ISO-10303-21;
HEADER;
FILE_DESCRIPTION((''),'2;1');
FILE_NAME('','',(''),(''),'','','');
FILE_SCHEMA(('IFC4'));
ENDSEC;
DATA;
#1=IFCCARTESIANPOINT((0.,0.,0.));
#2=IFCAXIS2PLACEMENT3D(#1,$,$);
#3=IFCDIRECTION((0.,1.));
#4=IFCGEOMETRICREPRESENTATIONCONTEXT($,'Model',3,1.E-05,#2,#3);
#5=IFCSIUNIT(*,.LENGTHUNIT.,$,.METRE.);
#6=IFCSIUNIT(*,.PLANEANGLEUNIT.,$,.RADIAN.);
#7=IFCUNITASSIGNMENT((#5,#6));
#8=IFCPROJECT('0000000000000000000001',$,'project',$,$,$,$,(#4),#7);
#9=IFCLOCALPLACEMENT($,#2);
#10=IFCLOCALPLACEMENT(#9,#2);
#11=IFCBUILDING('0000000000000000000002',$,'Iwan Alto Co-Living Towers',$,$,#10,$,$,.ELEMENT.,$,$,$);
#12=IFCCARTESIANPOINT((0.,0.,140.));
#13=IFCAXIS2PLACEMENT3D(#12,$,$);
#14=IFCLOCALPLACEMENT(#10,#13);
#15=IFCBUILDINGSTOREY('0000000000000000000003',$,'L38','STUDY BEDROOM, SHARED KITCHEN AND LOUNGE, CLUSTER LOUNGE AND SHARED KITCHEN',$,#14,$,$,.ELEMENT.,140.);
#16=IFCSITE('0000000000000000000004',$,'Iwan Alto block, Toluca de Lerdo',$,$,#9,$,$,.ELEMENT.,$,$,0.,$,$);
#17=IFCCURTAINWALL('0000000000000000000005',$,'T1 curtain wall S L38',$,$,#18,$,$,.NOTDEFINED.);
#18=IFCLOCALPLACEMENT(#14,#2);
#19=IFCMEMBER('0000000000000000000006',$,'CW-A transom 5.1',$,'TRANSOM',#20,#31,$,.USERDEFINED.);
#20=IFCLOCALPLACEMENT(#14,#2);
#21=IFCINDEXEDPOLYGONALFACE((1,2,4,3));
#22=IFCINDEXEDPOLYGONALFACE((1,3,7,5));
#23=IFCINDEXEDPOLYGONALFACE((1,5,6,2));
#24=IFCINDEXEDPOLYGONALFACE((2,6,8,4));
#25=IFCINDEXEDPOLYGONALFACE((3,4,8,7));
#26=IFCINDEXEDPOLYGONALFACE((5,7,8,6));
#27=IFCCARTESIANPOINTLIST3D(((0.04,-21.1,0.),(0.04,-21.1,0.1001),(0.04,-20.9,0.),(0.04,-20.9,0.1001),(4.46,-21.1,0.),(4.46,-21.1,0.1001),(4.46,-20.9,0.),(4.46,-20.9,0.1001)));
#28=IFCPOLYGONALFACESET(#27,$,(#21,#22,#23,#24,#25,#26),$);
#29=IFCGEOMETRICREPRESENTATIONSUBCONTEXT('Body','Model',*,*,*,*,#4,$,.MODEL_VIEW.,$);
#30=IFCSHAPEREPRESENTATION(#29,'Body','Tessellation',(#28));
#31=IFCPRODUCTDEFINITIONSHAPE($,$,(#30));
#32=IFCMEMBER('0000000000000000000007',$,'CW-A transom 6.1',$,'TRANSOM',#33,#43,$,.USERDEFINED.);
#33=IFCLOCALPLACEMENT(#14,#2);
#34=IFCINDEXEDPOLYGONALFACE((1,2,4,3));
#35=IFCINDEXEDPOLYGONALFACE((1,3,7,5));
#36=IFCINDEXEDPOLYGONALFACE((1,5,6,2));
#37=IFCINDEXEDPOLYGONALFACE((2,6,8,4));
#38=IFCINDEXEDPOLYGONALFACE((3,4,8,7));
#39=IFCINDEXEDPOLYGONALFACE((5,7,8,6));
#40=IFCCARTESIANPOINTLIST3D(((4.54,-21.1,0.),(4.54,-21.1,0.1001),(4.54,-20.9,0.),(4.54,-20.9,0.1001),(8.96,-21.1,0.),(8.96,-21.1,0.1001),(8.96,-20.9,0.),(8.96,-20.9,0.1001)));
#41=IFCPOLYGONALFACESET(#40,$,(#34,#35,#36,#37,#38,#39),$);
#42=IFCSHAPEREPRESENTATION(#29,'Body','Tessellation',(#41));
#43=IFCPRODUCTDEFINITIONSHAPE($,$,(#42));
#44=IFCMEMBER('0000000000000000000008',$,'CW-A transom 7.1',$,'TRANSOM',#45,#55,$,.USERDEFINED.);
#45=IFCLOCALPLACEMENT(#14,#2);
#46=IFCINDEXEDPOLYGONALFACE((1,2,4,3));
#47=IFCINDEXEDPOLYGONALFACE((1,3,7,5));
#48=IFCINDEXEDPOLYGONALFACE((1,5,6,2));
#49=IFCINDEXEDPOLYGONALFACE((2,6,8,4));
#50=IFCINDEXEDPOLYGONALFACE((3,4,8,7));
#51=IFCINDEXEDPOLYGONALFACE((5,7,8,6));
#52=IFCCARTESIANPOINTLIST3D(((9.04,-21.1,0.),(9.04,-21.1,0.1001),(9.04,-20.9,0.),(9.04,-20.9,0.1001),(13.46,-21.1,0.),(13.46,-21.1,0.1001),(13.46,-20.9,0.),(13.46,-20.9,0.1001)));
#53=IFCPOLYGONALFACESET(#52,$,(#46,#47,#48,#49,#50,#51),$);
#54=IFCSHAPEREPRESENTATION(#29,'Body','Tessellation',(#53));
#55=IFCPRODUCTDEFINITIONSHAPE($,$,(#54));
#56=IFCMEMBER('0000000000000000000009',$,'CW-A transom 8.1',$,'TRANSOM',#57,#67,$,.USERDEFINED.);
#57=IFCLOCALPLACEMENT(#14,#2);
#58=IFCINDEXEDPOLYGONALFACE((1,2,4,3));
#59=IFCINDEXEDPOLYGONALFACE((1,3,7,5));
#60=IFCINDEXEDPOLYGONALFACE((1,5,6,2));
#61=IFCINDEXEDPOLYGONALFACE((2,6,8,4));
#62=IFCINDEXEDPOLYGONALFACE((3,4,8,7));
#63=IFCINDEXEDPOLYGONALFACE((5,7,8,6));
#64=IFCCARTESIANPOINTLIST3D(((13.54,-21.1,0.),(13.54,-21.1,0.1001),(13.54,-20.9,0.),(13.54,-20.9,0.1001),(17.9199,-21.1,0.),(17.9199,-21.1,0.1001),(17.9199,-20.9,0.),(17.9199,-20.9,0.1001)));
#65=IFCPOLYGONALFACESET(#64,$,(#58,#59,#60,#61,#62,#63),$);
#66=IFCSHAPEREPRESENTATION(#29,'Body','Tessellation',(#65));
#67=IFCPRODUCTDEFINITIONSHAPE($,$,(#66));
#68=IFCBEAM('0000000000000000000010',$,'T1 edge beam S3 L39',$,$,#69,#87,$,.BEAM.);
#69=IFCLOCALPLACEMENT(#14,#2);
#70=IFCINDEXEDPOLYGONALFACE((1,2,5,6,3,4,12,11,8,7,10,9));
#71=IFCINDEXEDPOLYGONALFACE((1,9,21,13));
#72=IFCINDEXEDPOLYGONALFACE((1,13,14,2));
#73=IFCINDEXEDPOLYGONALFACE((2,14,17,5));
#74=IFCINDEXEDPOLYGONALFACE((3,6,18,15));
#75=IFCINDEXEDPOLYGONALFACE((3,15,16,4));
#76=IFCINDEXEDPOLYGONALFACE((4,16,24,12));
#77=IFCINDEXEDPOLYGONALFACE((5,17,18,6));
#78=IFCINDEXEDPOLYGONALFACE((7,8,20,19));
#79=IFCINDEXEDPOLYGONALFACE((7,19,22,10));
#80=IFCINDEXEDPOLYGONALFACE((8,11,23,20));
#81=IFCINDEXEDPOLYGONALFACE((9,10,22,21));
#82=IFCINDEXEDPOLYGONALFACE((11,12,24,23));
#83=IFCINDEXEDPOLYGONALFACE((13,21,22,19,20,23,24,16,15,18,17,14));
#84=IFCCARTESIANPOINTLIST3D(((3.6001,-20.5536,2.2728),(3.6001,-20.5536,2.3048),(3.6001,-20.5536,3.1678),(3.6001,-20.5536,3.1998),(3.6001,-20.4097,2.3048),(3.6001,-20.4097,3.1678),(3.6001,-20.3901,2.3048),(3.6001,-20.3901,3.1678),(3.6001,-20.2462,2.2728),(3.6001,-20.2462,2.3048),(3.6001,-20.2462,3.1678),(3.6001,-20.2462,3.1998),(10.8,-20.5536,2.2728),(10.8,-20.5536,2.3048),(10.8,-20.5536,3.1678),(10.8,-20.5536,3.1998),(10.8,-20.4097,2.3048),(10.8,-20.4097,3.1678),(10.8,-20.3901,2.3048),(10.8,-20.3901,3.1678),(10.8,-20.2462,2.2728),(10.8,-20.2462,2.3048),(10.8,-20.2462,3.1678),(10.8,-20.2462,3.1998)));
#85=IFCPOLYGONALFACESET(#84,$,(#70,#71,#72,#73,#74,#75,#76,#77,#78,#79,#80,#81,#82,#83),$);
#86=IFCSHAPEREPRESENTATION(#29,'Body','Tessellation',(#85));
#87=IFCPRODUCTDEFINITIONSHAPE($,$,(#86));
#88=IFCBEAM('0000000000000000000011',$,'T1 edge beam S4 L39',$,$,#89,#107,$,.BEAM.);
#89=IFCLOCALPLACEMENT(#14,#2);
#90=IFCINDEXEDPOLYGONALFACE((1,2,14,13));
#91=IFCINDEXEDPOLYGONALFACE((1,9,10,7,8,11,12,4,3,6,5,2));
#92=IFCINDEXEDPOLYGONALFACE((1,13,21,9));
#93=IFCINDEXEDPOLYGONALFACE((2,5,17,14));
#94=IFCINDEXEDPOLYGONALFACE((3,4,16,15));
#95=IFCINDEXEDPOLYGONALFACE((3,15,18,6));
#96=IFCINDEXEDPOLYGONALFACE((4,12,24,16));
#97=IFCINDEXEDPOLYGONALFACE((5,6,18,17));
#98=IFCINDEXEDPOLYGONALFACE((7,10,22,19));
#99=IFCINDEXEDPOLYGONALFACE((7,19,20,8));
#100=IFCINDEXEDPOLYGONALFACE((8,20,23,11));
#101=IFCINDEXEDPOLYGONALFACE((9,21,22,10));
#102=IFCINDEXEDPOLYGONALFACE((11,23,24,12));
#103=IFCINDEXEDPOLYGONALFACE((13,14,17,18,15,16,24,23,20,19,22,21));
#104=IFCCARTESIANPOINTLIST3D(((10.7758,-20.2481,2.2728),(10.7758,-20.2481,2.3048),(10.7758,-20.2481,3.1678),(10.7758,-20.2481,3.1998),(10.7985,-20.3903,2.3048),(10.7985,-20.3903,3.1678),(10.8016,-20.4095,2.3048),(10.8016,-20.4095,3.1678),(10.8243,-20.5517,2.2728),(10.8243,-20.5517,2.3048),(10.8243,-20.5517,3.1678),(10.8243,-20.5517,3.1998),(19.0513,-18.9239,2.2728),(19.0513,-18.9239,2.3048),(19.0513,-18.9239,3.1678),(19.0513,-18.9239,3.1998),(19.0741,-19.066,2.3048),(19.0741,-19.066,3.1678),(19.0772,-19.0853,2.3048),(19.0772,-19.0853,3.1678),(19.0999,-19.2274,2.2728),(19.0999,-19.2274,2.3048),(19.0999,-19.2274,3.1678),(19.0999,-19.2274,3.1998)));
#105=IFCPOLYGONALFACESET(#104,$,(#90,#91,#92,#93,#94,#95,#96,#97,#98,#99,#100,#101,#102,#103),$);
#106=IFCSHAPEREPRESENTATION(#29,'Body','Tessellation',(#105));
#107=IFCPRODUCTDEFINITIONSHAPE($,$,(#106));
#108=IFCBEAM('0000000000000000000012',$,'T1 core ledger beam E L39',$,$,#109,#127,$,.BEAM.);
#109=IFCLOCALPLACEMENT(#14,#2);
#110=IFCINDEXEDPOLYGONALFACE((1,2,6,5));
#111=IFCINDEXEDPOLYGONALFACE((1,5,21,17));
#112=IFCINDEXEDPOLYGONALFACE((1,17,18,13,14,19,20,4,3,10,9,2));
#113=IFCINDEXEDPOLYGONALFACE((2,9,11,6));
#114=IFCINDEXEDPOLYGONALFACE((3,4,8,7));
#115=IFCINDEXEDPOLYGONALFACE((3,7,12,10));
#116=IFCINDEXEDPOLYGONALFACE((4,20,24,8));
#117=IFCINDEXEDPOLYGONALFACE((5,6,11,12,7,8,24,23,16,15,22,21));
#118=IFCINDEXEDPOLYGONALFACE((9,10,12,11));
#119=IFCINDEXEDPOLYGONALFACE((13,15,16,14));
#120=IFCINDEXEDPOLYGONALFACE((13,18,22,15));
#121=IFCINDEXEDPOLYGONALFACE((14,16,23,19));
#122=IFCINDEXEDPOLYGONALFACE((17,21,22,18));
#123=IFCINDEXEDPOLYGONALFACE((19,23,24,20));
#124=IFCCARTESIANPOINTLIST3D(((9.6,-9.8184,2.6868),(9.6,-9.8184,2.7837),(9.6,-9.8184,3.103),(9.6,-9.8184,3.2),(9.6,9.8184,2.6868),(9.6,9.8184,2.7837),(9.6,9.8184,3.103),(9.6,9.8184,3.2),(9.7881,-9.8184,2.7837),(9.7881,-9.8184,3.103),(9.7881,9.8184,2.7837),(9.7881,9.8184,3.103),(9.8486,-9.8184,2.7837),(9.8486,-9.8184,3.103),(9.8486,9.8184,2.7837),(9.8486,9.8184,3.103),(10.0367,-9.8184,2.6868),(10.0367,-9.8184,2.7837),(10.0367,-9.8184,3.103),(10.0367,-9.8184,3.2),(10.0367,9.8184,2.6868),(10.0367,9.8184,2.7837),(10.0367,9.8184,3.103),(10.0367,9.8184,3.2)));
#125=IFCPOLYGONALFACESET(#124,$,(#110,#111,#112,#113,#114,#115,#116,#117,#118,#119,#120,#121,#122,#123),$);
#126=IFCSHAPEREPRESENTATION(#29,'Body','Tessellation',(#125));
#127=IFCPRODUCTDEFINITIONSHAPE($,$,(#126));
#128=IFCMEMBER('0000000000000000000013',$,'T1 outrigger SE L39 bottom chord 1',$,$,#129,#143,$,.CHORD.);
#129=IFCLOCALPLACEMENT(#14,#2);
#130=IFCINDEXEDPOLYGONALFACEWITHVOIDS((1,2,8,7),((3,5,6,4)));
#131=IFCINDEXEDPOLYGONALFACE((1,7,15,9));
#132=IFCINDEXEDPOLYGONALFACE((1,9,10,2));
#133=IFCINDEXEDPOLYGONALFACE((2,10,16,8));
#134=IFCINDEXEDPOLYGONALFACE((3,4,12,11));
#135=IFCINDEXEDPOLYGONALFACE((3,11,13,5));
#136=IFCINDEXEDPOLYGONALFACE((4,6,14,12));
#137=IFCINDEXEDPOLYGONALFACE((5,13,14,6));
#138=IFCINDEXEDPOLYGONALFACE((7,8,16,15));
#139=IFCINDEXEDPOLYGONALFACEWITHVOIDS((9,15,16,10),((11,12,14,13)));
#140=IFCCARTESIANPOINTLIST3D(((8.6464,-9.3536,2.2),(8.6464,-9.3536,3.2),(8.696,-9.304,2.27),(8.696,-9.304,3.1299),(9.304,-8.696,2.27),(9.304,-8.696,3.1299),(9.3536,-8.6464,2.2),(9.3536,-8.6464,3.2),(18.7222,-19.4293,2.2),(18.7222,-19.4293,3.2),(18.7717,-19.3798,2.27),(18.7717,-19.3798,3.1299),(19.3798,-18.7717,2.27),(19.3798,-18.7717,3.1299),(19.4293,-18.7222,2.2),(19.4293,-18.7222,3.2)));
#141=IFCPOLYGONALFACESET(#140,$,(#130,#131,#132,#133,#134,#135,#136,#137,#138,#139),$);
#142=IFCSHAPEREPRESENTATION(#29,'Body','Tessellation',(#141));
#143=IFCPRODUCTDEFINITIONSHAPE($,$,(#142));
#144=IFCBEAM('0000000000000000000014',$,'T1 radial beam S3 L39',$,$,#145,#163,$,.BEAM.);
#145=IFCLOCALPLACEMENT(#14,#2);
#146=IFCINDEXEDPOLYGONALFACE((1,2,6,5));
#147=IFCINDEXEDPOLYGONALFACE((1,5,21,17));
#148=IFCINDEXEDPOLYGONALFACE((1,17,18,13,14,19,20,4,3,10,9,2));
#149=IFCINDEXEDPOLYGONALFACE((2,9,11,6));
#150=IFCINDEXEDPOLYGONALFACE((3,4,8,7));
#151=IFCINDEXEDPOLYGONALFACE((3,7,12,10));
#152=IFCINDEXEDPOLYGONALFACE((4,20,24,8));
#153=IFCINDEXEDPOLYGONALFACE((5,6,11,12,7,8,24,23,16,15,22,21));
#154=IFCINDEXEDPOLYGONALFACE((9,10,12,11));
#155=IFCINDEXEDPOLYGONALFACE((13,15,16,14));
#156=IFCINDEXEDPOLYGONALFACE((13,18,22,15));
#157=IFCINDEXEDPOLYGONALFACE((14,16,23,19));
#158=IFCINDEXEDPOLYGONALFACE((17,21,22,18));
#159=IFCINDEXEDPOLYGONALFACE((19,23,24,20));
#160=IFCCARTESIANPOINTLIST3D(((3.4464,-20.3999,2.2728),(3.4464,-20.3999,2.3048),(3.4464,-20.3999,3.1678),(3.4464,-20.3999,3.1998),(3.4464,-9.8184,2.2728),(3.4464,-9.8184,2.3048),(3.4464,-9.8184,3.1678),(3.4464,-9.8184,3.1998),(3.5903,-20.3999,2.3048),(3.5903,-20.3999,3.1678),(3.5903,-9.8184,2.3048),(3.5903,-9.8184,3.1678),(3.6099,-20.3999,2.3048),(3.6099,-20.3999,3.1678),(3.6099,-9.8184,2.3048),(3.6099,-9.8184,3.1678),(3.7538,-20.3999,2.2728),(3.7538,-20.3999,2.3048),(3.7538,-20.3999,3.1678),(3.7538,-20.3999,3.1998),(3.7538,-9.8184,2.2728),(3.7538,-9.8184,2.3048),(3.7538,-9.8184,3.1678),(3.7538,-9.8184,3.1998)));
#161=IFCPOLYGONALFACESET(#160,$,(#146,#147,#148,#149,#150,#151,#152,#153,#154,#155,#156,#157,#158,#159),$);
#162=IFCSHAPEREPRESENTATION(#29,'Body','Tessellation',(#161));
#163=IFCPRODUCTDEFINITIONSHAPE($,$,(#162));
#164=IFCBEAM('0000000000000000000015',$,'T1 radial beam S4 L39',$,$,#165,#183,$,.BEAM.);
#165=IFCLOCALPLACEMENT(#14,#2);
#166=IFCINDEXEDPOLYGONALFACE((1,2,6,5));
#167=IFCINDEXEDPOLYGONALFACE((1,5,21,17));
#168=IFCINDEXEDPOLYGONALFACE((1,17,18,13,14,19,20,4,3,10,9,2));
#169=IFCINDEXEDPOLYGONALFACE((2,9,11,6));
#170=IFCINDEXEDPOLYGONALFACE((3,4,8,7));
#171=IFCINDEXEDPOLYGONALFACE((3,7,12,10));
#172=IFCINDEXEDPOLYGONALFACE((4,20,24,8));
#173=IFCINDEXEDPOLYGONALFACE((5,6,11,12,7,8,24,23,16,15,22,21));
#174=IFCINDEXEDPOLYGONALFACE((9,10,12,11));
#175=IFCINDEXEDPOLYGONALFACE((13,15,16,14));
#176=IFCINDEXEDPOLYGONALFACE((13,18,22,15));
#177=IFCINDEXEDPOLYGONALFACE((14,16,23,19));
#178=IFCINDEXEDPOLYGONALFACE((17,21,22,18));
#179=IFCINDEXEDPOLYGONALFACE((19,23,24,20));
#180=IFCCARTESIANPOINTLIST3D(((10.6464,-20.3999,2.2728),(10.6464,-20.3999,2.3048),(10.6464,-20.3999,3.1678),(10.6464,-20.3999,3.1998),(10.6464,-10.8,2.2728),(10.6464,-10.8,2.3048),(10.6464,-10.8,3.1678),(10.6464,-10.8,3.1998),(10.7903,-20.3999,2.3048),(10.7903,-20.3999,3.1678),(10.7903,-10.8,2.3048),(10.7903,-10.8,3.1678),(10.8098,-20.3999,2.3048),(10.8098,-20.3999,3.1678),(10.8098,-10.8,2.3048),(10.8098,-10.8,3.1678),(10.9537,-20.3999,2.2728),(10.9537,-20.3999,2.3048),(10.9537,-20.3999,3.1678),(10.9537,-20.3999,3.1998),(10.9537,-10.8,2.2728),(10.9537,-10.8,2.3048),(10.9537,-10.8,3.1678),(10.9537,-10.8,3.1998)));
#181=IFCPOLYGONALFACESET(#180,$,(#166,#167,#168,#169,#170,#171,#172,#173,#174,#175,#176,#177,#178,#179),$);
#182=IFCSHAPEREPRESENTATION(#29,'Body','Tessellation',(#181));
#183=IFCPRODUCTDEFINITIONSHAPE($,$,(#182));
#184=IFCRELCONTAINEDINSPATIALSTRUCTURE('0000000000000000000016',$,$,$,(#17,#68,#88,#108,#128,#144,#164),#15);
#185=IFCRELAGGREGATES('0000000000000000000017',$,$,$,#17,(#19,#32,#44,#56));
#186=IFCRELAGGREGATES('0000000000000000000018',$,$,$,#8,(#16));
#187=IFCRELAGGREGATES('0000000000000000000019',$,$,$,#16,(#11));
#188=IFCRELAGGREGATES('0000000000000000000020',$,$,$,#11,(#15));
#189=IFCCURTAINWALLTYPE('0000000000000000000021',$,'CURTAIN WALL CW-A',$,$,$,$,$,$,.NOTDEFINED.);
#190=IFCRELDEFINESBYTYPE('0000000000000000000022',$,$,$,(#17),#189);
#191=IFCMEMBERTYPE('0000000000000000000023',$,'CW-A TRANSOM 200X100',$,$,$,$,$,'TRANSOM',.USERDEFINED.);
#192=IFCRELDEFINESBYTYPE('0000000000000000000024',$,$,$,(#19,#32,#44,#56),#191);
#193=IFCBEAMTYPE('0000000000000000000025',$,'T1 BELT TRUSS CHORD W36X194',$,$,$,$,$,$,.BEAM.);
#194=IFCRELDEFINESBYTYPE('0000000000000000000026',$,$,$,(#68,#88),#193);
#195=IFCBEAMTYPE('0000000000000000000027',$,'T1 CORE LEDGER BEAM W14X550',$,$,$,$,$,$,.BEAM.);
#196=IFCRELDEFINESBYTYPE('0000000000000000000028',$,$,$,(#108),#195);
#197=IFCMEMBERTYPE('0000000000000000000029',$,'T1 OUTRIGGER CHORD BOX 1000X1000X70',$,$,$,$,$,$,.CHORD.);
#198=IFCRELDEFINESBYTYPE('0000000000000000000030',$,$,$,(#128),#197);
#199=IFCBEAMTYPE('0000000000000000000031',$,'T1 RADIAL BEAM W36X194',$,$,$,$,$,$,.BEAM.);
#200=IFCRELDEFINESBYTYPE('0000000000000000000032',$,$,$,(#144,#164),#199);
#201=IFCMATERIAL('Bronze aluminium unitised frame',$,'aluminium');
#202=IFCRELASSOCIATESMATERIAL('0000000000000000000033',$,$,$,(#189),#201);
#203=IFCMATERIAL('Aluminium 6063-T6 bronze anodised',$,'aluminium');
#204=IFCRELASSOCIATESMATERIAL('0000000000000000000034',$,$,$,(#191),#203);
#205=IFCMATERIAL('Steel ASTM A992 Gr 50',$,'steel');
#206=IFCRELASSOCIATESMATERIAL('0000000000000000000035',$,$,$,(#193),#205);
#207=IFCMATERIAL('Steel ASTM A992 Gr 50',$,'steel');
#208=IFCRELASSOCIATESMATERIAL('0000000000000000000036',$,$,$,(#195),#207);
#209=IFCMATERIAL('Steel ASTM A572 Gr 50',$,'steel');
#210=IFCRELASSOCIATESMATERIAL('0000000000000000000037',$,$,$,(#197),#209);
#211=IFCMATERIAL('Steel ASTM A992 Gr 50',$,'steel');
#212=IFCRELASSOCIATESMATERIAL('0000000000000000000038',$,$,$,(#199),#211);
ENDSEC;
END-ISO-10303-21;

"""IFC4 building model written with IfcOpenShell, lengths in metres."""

from ifc_helpers import new_model, si_unit, direction, frame, origin, origin_2d, place, context, subcontext, project, spatial, rectangle, hollow_rectangle, i_section, extrude, material, material_profile, profile_set, type_object, element, aggregate, save


model = new_model("IFC4")

# Units and contexts
model_context = context("Model", 3, precision=1e-05, world=origin(), true_north=direction((0.0, 1.0)))
body_context = subcontext(model_context, "Body", "Model", "MODEL_VIEW")
ifc_project = project(units=[si_unit("LENGTHUNIT", "METRE"), si_unit("PLANEANGLEUNIT", "RADIAN")], contexts=[model_context])

# Site, building, storey
site_placement = place(None, origin())
site = spatial("IfcSite", under=ifc_project, at=site_placement, Name="Iwan Alto block, Toluca de Lerdo", CompositionType="ELEMENT", RefElevation=0.0)
building_placement = place(site_placement, origin())
building = spatial("IfcBuilding", under=site, at=building_placement, Name="Iwan Alto Co-Living Towers", CompositionType="ELEMENT")
storey_placement = place(building_placement, frame((0.0, 0.0, 140.0)))
storey = spatial("IfcBuildingStorey", under=building, at=storey_placement, Name="L38", Description="STUDY BEDROOM, SHARED KITCHEN AND LOUNGE, CLUSTER LOUNGE AND SHARED KITCHEN", CompositionType="ELEMENT", Elevation=140.0)

# Curtain wall, members
ifc_material_1 = material(Name="Bronze aluminium unitised frame", Category="aluminium")
curtain_wall_type = type_object("IfcCurtainWallType", Name="CURTAIN WALL CW-A", PredefinedType="NOTDEFINED", material=ifc_material_1)
curtain_wall_placement = place(storey_placement, origin())
curtain_wall = element("IfcCurtainWall", 1, at=curtain_wall_placement, inside=storey, type_object=curtain_wall_type, Name="T1 curtain wall S L38", PredefinedType="NOTDEFINED")
ifc_material_2 = material(Name="Aluminium 6063-T6 bronze anodised", Category="aluminium")
ifc_material_profile_1 = material_profile(ifc_material_2, rectangle(XDim=0.2, YDim=0.1001, at=origin_2d()), Name="AL 200X100")
ifc_profile_set_1 = profile_set([ifc_material_profile_1], Name="Aluminium 6063-T6 bronze anodised")
member_type_1 = type_object("IfcMemberType", Name="CW-A TRANSOM 200X100", ElementType="TRANSOM", PredefinedType="USERDEFINED", material=ifc_profile_set_1)
member_1_placement = place(storey_placement, frame((0.04, -21.0, 0.05), z_axis=(1.0, 0.0, 0.0), x_axis=(0.0, 1.0, 0.0)))
member_1 = element("IfcMember", 2, at=member_1_placement, type_object=member_type_1, Name="CW-A transom 5.1", ObjectType="TRANSOM", PredefinedType="USERDEFINED", context=body_context, shape_type="SweptSolid", body=[
    extrude(rectangle(XDim=0.2, YDim=0.1001, at=origin_2d()), origin(), (0.0, 0.0, 1.0), 4.4199),
])
member_2_placement = place(storey_placement, frame((4.54, -21.0, 0.05), z_axis=(1.0, 0.0, 0.0), x_axis=(0.0, 1.0, 0.0)))
member_2 = element("IfcMember", 3, at=member_2_placement, type_object=member_type_1, Name="CW-A transom 6.1", ObjectType="TRANSOM", PredefinedType="USERDEFINED", context=body_context, shape_type="SweptSolid", body=[
    extrude(rectangle(XDim=0.2, YDim=0.1001, at=origin_2d()), origin(), (0.0, 0.0, 1.0), 4.4199),
])
member_3_placement = place(storey_placement, frame((9.04, -21.0, 0.05), z_axis=(1.0, 0.0, 0.0), x_axis=(0.0, 1.0, 0.0)))
member_3 = element("IfcMember", 4, at=member_3_placement, type_object=member_type_1, Name="CW-A transom 7.1", ObjectType="TRANSOM", PredefinedType="USERDEFINED", context=body_context, shape_type="SweptSolid", body=[
    extrude(rectangle(XDim=0.2, YDim=0.1001, at=origin_2d()), origin(), (0.0, 0.0, 1.0), 4.4199),
])
member_4_placement = place(storey_placement, frame((13.54, -21.0, 0.05), z_axis=(1.0, 0.0, 0.0), x_axis=(0.0, 1.0, 0.0)))
member_4 = element("IfcMember", 5, at=member_4_placement, type_object=member_type_1, Name="CW-A transom 8.1", ObjectType="TRANSOM", PredefinedType="USERDEFINED", context=body_context, shape_type="SweptSolid", body=[
    extrude(rectangle(XDim=0.2, YDim=0.1001, at=origin_2d()), origin(), (0.0, 0.0, 1.0), 4.3799),
])

# Beams
ifc_material_3 = material(Name="Steel ASTM A992 Gr 50", Category="steel")
ifc_material_profile_2 = material_profile(ifc_material_3, i_section(OverallWidth=0.3074, OverallDepth=0.927, WebThickness=0.0195, FlangeThickness=0.032, at=origin_2d()), Name="W36X194")
ifc_profile_set_2 = profile_set([ifc_material_profile_2], Name="Steel ASTM A992 Gr 50")
beam_type_1 = type_object("IfcBeamType", Name="T1 BELT TRUSS CHORD W36X194", PredefinedType="BEAM", material=ifc_profile_set_2)
beam_1_placement = place(storey_placement, frame((3.6001, -20.3999, 2.7363), z_axis=(1.0, 0.0, 0.0), x_axis=(0.0, 1.0, 0.0)))
element("IfcBeam", 6, at=beam_1_placement, inside=storey, type_object=beam_type_1, Name="T1 edge beam S3 L39", PredefinedType="BEAM", context=body_context, shape_type="SweptSolid", body=[
    extrude(i_section(OverallWidth=0.3074, OverallDepth=0.927, WebThickness=0.0195, FlangeThickness=0.032, at=origin_2d()), origin(), (0.0, 0.0, 1.0), 7.2),
])
beam_2_placement = place(storey_placement, frame((10.8, -20.3999, 2.7363), z_axis=(0.987438, 0.158004, 0.0), x_axis=(-0.158004, 0.987438, 0.0)))
element("IfcBeam", 7, at=beam_2_placement, inside=storey, type_object=beam_type_1, Name="T1 edge beam S4 L39", PredefinedType="BEAM", context=body_context, shape_type="SweptSolid", body=[
    extrude(i_section(OverallWidth=0.3074, OverallDepth=0.927, WebThickness=0.0195, FlangeThickness=0.032, at=origin_2d()), origin(), (0.0, 0.0, 1.0), 8.3809),
])
ifc_material_4 = material(Name="Steel ASTM A992 Gr 50", Category="steel")
ifc_material_profile_3 = material_profile(ifc_material_4, i_section(OverallWidth=0.4368, OverallDepth=0.5132, WebThickness=0.0605, FlangeThickness=0.0969, at=origin_2d()), Name="W14X550")
ifc_profile_set_3 = profile_set([ifc_material_profile_3], Name="Steel ASTM A992 Gr 50")
beam_type_2 = type_object("IfcBeamType", Name="T1 CORE LEDGER BEAM W14X550", PredefinedType="BEAM", material=ifc_profile_set_3)
beam_3_placement = place(storey_placement, frame((9.8184, -9.8184, 2.9434), z_axis=(0.0, 1.0, 0.0), x_axis=(-1.0, 0.0, 0.0)))
element("IfcBeam", 8, at=beam_3_placement, inside=storey, type_object=beam_type_2, Name="T1 core ledger beam E L39", PredefinedType="BEAM", context=body_context, shape_type="SweptSolid", body=[
    extrude(i_section(OverallWidth=0.4368, OverallDepth=0.5132, WebThickness=0.0605, FlangeThickness=0.0969, at=origin_2d()), origin(), (0.0, 0.0, 1.0), 19.6367),
])

# Member
ifc_material_5 = material(Name="Steel ASTM A572 Gr 50", Category="steel")
ifc_material_profile_4 = material_profile(ifc_material_5, hollow_rectangle(XDim=1.0, YDim=1.0, WallThickness=0.0701, at=origin_2d()), Name="BOX 1000X1000X70")
ifc_profile_set_4 = profile_set([ifc_material_profile_4], Name="Steel ASTM A572 Gr 50")
member_type_2 = type_object("IfcMemberType", Name="T1 OUTRIGGER CHORD BOX 1000X1000X70", PredefinedType="CHORD", material=ifc_profile_set_4)
member_5_placement = place(storey_placement, frame((9.0, -9.0, 2.7), z_axis=(0.707107, -0.707107, 0.0), x_axis=(0.707107, 0.707107, 0.0)))
element("IfcMember", 9, at=member_5_placement, inside=storey, type_object=member_type_2, Name="T1 outrigger SE L39 bottom chord 1", PredefinedType="CHORD", context=body_context, shape_type="SweptSolid", body=[
    extrude(hollow_rectangle(XDim=1.0, YDim=1.0, WallThickness=0.0701, at=origin_2d()), origin(), (0.0, 0.0, 1.0), 14.2493),
])

# Beams
ifc_material_6 = material(Name="Steel ASTM A992 Gr 50", Category="steel")
ifc_material_profile_5 = material_profile(ifc_material_6, i_section(OverallWidth=0.3074, OverallDepth=0.927, WebThickness=0.0195, FlangeThickness=0.032, at=origin_2d()), Name="W36X194")
ifc_profile_set_5 = profile_set([ifc_material_profile_5], Name="Steel ASTM A992 Gr 50")
beam_type_3 = type_object("IfcBeamType", Name="T1 RADIAL BEAM W36X194", PredefinedType="BEAM", material=ifc_profile_set_5)
beam_4_placement = place(storey_placement, frame((3.6001, -20.3999, 2.7363), z_axis=(0.0, 1.0, 0.0), x_axis=(-1.0, 0.0, 0.0)))
element("IfcBeam", 10, at=beam_4_placement, inside=storey, type_object=beam_type_3, Name="T1 radial beam S3 L39", PredefinedType="BEAM", context=body_context, shape_type="SweptSolid", body=[
    extrude(i_section(OverallWidth=0.3074, OverallDepth=0.927, WebThickness=0.0195, FlangeThickness=0.032, at=origin_2d()), origin(), (0.0, 0.0, 1.0), 10.5815),
])
beam_5_placement = place(storey_placement, frame((10.8, -20.3999, 2.7363), z_axis=(0.0, 1.0, 0.0), x_axis=(-1.0, 0.0, 0.0)))
element("IfcBeam", 11, at=beam_5_placement, inside=storey, type_object=beam_type_3, Name="T1 radial beam S4 L39", PredefinedType="BEAM", context=body_context, shape_type="SweptSolid", body=[
    extrude(i_section(OverallWidth=0.3074, OverallDepth=0.927, WebThickness=0.0195, FlangeThickness=0.032, at=origin_2d()), origin(), (0.0, 0.0, 1.0), 9.5999),
])

aggregate(curtain_wall, [member_1, member_2, member_3, member_4])

save(model, "model.ifc")
